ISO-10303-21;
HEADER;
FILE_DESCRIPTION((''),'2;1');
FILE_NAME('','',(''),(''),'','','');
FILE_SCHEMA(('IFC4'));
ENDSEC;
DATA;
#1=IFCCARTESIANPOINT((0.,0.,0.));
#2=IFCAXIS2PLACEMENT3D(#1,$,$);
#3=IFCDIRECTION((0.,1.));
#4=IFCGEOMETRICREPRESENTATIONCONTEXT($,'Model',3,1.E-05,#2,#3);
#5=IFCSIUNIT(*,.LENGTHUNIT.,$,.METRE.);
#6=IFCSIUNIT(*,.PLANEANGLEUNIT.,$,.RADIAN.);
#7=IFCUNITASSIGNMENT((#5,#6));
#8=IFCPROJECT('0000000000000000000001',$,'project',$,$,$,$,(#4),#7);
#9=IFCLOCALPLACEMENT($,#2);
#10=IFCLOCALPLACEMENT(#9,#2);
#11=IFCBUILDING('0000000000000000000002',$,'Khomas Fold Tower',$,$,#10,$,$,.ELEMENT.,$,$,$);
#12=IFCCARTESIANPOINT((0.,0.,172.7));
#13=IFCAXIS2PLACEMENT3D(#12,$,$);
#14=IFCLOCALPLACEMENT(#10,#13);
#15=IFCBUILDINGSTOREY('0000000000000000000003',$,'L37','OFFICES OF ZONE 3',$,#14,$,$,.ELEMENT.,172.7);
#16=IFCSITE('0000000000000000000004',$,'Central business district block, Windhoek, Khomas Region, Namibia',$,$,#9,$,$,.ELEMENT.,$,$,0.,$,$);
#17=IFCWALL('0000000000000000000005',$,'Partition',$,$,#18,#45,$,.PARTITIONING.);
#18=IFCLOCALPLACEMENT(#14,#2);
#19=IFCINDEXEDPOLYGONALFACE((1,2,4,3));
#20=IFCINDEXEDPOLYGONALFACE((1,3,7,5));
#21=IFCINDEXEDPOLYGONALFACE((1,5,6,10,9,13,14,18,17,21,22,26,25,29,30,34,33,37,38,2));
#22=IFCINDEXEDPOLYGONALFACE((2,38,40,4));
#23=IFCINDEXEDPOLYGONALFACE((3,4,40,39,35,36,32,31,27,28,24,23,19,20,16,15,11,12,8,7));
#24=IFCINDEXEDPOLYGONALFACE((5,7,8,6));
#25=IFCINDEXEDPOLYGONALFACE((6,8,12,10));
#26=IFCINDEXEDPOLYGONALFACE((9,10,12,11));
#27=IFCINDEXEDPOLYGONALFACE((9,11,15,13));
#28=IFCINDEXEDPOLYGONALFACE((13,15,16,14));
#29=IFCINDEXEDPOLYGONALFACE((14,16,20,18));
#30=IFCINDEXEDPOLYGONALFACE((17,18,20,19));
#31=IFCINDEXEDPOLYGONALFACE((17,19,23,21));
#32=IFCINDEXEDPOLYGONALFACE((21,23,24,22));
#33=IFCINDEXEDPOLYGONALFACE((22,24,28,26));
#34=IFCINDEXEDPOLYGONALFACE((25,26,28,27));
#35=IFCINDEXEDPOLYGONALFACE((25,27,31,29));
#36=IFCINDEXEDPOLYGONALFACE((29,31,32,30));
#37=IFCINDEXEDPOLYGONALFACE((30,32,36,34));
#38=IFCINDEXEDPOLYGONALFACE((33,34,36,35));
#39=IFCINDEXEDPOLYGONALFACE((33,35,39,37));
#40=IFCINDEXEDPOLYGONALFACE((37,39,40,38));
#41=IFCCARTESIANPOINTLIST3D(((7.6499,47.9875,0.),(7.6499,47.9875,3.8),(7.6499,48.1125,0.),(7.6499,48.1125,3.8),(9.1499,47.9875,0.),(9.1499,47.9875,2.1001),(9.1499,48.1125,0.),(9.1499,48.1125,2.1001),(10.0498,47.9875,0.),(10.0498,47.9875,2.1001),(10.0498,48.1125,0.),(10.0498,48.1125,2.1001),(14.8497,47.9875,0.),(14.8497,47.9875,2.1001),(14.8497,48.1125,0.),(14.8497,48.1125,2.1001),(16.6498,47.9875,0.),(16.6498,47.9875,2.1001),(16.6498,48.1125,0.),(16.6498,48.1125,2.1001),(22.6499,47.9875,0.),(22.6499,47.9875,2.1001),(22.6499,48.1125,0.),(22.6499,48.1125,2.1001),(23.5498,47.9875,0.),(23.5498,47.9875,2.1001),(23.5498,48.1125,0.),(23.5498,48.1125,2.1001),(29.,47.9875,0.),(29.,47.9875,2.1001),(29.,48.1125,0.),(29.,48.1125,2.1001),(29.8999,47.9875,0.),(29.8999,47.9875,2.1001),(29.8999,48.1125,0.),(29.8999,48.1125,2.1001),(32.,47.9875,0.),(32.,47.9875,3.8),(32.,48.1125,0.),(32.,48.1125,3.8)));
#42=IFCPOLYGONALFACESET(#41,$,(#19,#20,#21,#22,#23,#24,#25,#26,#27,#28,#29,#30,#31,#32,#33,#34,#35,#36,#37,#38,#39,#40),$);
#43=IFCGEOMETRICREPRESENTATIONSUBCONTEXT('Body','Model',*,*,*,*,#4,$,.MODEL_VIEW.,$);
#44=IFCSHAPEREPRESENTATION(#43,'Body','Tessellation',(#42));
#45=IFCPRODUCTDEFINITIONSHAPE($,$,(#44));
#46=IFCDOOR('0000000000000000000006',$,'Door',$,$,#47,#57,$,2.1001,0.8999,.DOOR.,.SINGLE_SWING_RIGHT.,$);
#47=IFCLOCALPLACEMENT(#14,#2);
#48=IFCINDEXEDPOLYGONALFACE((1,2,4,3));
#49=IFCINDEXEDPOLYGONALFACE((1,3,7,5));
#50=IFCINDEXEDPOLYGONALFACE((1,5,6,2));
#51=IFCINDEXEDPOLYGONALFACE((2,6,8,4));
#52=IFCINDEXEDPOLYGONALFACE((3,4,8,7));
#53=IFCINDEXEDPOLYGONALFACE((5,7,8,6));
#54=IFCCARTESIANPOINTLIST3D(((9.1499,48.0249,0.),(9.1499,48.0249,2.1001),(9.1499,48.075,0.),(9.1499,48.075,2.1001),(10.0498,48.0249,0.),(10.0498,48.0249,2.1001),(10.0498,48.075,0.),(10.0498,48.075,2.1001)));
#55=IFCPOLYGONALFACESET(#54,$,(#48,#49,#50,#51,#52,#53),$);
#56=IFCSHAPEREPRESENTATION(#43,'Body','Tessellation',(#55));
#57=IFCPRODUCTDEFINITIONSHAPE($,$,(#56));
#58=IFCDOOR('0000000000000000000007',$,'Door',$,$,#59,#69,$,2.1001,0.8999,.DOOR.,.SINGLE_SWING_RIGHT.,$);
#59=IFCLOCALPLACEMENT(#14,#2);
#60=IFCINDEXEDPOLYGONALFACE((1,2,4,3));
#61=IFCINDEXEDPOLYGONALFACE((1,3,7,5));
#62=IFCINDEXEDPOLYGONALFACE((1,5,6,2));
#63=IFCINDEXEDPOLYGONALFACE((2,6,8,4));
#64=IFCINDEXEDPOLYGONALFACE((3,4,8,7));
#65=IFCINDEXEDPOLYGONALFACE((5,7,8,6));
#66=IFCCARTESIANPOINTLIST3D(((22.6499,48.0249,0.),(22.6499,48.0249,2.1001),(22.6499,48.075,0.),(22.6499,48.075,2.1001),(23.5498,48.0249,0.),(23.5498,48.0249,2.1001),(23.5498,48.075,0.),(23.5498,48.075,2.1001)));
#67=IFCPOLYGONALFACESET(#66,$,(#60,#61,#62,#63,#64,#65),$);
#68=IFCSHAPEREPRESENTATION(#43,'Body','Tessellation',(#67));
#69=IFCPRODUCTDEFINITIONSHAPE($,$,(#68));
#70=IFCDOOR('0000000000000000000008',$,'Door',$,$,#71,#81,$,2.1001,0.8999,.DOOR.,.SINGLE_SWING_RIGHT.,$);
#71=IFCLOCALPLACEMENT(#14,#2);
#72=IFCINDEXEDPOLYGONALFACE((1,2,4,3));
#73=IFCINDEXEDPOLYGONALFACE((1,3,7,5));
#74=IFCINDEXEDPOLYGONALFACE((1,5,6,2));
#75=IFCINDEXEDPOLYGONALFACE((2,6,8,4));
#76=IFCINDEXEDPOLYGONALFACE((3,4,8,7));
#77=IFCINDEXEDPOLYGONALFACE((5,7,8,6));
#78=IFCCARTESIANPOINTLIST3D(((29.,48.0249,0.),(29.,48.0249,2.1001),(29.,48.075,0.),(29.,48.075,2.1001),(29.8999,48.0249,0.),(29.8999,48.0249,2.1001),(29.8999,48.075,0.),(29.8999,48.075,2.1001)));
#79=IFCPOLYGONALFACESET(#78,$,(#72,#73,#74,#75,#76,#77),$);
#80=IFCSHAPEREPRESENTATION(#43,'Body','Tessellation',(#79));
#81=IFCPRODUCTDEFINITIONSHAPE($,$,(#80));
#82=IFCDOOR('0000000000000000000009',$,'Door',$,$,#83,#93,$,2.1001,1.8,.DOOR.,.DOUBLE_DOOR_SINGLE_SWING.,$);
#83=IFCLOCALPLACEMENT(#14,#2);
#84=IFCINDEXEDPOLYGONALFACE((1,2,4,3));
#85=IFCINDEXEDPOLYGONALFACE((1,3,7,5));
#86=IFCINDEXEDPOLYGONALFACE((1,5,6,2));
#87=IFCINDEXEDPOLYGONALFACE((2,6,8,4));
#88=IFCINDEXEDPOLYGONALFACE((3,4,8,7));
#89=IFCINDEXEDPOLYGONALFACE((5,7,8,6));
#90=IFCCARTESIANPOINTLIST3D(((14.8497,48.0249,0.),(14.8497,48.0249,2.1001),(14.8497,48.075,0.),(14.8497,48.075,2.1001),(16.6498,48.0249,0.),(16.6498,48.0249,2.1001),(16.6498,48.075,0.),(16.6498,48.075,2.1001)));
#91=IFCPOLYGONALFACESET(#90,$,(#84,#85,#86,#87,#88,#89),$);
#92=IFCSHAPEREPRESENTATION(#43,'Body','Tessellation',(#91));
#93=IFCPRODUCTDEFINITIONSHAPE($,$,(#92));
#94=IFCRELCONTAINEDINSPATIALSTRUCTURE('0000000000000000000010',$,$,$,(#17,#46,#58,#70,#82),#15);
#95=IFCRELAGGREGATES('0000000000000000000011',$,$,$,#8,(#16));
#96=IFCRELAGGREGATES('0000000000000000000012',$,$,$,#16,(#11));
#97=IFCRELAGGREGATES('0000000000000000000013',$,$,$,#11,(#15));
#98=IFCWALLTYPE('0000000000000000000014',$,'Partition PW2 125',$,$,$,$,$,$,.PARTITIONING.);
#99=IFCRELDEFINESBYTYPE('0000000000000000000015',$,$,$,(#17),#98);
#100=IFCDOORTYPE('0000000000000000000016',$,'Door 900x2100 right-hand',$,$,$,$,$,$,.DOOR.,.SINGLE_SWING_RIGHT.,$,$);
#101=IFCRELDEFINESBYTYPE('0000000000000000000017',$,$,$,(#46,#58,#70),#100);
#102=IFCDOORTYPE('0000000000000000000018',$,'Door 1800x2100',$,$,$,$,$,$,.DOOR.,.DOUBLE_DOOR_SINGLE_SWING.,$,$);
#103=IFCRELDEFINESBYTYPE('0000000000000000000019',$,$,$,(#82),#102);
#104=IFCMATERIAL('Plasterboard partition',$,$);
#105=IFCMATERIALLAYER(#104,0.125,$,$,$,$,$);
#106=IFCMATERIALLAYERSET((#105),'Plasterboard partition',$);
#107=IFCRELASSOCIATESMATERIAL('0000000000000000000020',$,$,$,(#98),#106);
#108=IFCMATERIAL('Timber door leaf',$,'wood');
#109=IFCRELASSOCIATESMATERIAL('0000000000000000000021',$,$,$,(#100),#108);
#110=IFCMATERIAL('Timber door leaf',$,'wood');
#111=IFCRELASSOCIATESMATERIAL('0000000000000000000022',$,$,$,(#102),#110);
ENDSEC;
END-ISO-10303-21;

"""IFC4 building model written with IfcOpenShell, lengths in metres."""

from ifc_helpers import new_model, si_unit, direction, frame, frame_2d, origin, place, context, subcontext, project, spatial, rectangle, extrude, source, transform, mapped, material, layer, layer_set, type_object, element, fill, save


model = new_model("IFC4")

# Units and contexts
model_context = context("Model", 3, precision=1e-05, world=origin(), true_north=direction((0.0, 1.0)))
body_context = subcontext(model_context, "Body", "Model", "MODEL_VIEW")
ifc_project = project(units=[si_unit("LENGTHUNIT", "METRE"), si_unit("PLANEANGLEUNIT", "RADIAN")], contexts=[model_context])

# Site, building, storey
site_placement = place(None, origin())
site = spatial("IfcSite", under=ifc_project, at=site_placement, Name="Central business district block, Windhoek, Khomas Region, Namibia", CompositionType="ELEMENT", RefElevation=0.0)
building_placement = place(site_placement, origin())
building = spatial("IfcBuilding", under=site, at=building_placement, Name="Khomas Fold Tower", CompositionType="ELEMENT")
storey_placement = place(building_placement, frame((0.0, 0.0, 172.7)))
storey = spatial("IfcBuildingStorey", under=building, at=storey_placement, Name="L37", Description="OFFICES OF ZONE 3", CompositionType="ELEMENT", Elevation=172.7)

# Wall, openings, doors
ifc_material_1 = material(Name="Plasterboard partition")
ifc_layer_1 = layer(ifc_material_1, 0.125)
ifc_layer_set_1 = layer_set([ifc_layer_1], Name="Plasterboard partition")
wall_type_1 = type_object("IfcWallType", Name="Partition PW2 125", PredefinedType="PARTITIONING", material=ifc_layer_set_1)
shared_shape_1 = source(origin(), body_context, "Body", "SweptSolid", [
    extrude(rectangle(XDim=24.3501, YDim=0.125, at=frame_2d((12.175, 0.0))), origin(), (0.0, 0.0, 1.0), 3.8),
])
wall_1_placement = place(storey_placement, frame((7.6499, 48.05, 0.0), z_axis=(0.0, 0.0, 1.0), x_axis=(1.0, 0.0, 0.0)))
wall_1 = element("IfcWall", 1, at=wall_1_placement, inside=storey, type_object=wall_type_1, Name="Partition", PredefinedType="PARTITIONING", context=body_context, shape_type="MappedRepresentation", body=[
    mapped(shared_shape_1, transform((0.0, 0.0, 0.0))),
])
shared_shape_2 = source(origin(), body_context, "Body", "SweptSolid", [
    extrude(rectangle(XDim=0.8999, YDim=2.1001, at=frame_2d((0.45, 1.05))), frame((0.0, 0.0725, 0.0), z_axis=(0.0, -1.0, 0.0), x_axis=(1.0, 0.0, 0.0)), (0.0, 0.0, 1.0), 0.145),
])
opening_1_placement = place(wall_1_placement, frame((1.5, 0.0, 0.0)))
opening_1 = element("IfcOpeningElement", 2, at=opening_1_placement, cuts=wall_1, PredefinedType="OPENING", context=body_context, shape_type="MappedRepresentation", body=[
    mapped(shared_shape_2, transform((0.0, 0.0, 0.0))),
])
shared_shape_3 = source(origin(), body_context, "Body", "SweptSolid", [
    extrude(rectangle(XDim=1.8, YDim=2.1001, at=frame_2d((0.8999, 1.05))), frame((0.0, 0.0725, 0.0), z_axis=(0.0, -1.0, 0.0), x_axis=(1.0, 0.0, 0.0)), (0.0, 0.0, 1.0), 0.145),
])
opening_2_placement = place(wall_1_placement, frame((7.2, 0.0, 0.0)))
opening_2 = element("IfcOpeningElement", 3, at=opening_2_placement, cuts=wall_1, PredefinedType="OPENING", context=body_context, shape_type="MappedRepresentation", body=[
    mapped(shared_shape_3, transform((0.0, 0.0, 0.0))),
])
opening_3_placement = place(wall_1_placement, frame((15.0, 0.0, 0.0)))
opening_3 = element("IfcOpeningElement", 4, at=opening_3_placement, cuts=wall_1, PredefinedType="OPENING", context=body_context, shape_type="MappedRepresentation", body=[
    mapped(shared_shape_2, transform((0.0, 0.0, 0.0))),
])
opening_4_placement = place(wall_1_placement, frame((21.3501, 0.0, 0.0)))
opening_4 = element("IfcOpeningElement", 5, at=opening_4_placement, cuts=wall_1, PredefinedType="OPENING", context=body_context, shape_type="MappedRepresentation", body=[
    mapped(shared_shape_2, transform((0.0, 0.0, 0.0))),
])
ifc_material_2 = material(Name="Timber door leaf", Category="wood")
door_type_1 = type_object("IfcDoorType", Name="Door 900x2100 right-hand", OperationType="SINGLE_SWING_RIGHT", PredefinedType="DOOR", material=ifc_material_2)
shared_shape_4 = source(origin(), body_context, "Body", "SweptSolid", [
    extrude(rectangle(XDim=0.8999, YDim=2.1001, at=frame_2d((0.45, 1.05))), frame((0.0, 0.0249, 0.0), z_axis=(0.0, -1.0, 0.0), x_axis=(1.0, 0.0, 0.0)), (0.0, 0.0, 1.0), 0.05),
])
door_1_placement = place(opening_1_placement, origin())
door_1 = element("IfcDoor", 6, at=door_1_placement, inside=storey, type_object=door_type_1, Name="Door", OperationType="SINGLE_SWING_RIGHT", OverallHeight=2.1001, OverallWidth=0.8999, PredefinedType="DOOR", context=body_context, shape_type="MappedRepresentation", body=[
    mapped(shared_shape_4, transform((0.0, 0.0, 0.0))),
])
fill(opening_1, door_1)
door_2_placement = place(opening_3_placement, origin())
door_2 = element("IfcDoor", 7, at=door_2_placement, inside=storey, type_object=door_type_1, Name="Door", OperationType="SINGLE_SWING_RIGHT", OverallHeight=2.1001, OverallWidth=0.8999, PredefinedType="DOOR", context=body_context, shape_type="MappedRepresentation", body=[
    mapped(shared_shape_4, transform((0.0, 0.0, 0.0))),
])
fill(opening_3, door_2)
door_3_placement = place(opening_4_placement, origin())
door_3 = element("IfcDoor", 8, at=door_3_placement, inside=storey, type_object=door_type_1, Name="Door", OperationType="SINGLE_SWING_RIGHT", OverallHeight=2.1001, OverallWidth=0.8999, PredefinedType="DOOR", context=body_context, shape_type="MappedRepresentation", body=[
    mapped(shared_shape_4, transform((0.0, 0.0, 0.0))),
])
fill(opening_4, door_3)
ifc_material_3 = material(Name="Timber door leaf", Category="wood")
door_type_2 = type_object("IfcDoorType", Name="Door 1800x2100", OperationType="DOUBLE_DOOR_SINGLE_SWING", PredefinedType="DOOR", material=ifc_material_3)
shared_shape_5 = source(origin(), body_context, "Body", "SweptSolid", [
    extrude(rectangle(XDim=1.8, YDim=2.1001, at=frame_2d((0.8999, 1.05))), frame((0.0, 0.0249, 0.0), z_axis=(0.0, -1.0, 0.0), x_axis=(1.0, 0.0, 0.0)), (0.0, 0.0, 1.0), 0.05),
])
door_4_placement = place(opening_2_placement, origin())
door_4 = element("IfcDoor", 9, at=door_4_placement, inside=storey, type_object=door_type_2, Name="Door", OperationType="DOUBLE_DOOR_SINGLE_SWING", OverallHeight=2.1001, OverallWidth=1.8, PredefinedType="DOOR", context=body_context, shape_type="MappedRepresentation", body=[
    mapped(shared_shape_5, transform((0.0, 0.0, 0.0))),
])
fill(opening_2, door_4)

save(model, "model.ifc")
